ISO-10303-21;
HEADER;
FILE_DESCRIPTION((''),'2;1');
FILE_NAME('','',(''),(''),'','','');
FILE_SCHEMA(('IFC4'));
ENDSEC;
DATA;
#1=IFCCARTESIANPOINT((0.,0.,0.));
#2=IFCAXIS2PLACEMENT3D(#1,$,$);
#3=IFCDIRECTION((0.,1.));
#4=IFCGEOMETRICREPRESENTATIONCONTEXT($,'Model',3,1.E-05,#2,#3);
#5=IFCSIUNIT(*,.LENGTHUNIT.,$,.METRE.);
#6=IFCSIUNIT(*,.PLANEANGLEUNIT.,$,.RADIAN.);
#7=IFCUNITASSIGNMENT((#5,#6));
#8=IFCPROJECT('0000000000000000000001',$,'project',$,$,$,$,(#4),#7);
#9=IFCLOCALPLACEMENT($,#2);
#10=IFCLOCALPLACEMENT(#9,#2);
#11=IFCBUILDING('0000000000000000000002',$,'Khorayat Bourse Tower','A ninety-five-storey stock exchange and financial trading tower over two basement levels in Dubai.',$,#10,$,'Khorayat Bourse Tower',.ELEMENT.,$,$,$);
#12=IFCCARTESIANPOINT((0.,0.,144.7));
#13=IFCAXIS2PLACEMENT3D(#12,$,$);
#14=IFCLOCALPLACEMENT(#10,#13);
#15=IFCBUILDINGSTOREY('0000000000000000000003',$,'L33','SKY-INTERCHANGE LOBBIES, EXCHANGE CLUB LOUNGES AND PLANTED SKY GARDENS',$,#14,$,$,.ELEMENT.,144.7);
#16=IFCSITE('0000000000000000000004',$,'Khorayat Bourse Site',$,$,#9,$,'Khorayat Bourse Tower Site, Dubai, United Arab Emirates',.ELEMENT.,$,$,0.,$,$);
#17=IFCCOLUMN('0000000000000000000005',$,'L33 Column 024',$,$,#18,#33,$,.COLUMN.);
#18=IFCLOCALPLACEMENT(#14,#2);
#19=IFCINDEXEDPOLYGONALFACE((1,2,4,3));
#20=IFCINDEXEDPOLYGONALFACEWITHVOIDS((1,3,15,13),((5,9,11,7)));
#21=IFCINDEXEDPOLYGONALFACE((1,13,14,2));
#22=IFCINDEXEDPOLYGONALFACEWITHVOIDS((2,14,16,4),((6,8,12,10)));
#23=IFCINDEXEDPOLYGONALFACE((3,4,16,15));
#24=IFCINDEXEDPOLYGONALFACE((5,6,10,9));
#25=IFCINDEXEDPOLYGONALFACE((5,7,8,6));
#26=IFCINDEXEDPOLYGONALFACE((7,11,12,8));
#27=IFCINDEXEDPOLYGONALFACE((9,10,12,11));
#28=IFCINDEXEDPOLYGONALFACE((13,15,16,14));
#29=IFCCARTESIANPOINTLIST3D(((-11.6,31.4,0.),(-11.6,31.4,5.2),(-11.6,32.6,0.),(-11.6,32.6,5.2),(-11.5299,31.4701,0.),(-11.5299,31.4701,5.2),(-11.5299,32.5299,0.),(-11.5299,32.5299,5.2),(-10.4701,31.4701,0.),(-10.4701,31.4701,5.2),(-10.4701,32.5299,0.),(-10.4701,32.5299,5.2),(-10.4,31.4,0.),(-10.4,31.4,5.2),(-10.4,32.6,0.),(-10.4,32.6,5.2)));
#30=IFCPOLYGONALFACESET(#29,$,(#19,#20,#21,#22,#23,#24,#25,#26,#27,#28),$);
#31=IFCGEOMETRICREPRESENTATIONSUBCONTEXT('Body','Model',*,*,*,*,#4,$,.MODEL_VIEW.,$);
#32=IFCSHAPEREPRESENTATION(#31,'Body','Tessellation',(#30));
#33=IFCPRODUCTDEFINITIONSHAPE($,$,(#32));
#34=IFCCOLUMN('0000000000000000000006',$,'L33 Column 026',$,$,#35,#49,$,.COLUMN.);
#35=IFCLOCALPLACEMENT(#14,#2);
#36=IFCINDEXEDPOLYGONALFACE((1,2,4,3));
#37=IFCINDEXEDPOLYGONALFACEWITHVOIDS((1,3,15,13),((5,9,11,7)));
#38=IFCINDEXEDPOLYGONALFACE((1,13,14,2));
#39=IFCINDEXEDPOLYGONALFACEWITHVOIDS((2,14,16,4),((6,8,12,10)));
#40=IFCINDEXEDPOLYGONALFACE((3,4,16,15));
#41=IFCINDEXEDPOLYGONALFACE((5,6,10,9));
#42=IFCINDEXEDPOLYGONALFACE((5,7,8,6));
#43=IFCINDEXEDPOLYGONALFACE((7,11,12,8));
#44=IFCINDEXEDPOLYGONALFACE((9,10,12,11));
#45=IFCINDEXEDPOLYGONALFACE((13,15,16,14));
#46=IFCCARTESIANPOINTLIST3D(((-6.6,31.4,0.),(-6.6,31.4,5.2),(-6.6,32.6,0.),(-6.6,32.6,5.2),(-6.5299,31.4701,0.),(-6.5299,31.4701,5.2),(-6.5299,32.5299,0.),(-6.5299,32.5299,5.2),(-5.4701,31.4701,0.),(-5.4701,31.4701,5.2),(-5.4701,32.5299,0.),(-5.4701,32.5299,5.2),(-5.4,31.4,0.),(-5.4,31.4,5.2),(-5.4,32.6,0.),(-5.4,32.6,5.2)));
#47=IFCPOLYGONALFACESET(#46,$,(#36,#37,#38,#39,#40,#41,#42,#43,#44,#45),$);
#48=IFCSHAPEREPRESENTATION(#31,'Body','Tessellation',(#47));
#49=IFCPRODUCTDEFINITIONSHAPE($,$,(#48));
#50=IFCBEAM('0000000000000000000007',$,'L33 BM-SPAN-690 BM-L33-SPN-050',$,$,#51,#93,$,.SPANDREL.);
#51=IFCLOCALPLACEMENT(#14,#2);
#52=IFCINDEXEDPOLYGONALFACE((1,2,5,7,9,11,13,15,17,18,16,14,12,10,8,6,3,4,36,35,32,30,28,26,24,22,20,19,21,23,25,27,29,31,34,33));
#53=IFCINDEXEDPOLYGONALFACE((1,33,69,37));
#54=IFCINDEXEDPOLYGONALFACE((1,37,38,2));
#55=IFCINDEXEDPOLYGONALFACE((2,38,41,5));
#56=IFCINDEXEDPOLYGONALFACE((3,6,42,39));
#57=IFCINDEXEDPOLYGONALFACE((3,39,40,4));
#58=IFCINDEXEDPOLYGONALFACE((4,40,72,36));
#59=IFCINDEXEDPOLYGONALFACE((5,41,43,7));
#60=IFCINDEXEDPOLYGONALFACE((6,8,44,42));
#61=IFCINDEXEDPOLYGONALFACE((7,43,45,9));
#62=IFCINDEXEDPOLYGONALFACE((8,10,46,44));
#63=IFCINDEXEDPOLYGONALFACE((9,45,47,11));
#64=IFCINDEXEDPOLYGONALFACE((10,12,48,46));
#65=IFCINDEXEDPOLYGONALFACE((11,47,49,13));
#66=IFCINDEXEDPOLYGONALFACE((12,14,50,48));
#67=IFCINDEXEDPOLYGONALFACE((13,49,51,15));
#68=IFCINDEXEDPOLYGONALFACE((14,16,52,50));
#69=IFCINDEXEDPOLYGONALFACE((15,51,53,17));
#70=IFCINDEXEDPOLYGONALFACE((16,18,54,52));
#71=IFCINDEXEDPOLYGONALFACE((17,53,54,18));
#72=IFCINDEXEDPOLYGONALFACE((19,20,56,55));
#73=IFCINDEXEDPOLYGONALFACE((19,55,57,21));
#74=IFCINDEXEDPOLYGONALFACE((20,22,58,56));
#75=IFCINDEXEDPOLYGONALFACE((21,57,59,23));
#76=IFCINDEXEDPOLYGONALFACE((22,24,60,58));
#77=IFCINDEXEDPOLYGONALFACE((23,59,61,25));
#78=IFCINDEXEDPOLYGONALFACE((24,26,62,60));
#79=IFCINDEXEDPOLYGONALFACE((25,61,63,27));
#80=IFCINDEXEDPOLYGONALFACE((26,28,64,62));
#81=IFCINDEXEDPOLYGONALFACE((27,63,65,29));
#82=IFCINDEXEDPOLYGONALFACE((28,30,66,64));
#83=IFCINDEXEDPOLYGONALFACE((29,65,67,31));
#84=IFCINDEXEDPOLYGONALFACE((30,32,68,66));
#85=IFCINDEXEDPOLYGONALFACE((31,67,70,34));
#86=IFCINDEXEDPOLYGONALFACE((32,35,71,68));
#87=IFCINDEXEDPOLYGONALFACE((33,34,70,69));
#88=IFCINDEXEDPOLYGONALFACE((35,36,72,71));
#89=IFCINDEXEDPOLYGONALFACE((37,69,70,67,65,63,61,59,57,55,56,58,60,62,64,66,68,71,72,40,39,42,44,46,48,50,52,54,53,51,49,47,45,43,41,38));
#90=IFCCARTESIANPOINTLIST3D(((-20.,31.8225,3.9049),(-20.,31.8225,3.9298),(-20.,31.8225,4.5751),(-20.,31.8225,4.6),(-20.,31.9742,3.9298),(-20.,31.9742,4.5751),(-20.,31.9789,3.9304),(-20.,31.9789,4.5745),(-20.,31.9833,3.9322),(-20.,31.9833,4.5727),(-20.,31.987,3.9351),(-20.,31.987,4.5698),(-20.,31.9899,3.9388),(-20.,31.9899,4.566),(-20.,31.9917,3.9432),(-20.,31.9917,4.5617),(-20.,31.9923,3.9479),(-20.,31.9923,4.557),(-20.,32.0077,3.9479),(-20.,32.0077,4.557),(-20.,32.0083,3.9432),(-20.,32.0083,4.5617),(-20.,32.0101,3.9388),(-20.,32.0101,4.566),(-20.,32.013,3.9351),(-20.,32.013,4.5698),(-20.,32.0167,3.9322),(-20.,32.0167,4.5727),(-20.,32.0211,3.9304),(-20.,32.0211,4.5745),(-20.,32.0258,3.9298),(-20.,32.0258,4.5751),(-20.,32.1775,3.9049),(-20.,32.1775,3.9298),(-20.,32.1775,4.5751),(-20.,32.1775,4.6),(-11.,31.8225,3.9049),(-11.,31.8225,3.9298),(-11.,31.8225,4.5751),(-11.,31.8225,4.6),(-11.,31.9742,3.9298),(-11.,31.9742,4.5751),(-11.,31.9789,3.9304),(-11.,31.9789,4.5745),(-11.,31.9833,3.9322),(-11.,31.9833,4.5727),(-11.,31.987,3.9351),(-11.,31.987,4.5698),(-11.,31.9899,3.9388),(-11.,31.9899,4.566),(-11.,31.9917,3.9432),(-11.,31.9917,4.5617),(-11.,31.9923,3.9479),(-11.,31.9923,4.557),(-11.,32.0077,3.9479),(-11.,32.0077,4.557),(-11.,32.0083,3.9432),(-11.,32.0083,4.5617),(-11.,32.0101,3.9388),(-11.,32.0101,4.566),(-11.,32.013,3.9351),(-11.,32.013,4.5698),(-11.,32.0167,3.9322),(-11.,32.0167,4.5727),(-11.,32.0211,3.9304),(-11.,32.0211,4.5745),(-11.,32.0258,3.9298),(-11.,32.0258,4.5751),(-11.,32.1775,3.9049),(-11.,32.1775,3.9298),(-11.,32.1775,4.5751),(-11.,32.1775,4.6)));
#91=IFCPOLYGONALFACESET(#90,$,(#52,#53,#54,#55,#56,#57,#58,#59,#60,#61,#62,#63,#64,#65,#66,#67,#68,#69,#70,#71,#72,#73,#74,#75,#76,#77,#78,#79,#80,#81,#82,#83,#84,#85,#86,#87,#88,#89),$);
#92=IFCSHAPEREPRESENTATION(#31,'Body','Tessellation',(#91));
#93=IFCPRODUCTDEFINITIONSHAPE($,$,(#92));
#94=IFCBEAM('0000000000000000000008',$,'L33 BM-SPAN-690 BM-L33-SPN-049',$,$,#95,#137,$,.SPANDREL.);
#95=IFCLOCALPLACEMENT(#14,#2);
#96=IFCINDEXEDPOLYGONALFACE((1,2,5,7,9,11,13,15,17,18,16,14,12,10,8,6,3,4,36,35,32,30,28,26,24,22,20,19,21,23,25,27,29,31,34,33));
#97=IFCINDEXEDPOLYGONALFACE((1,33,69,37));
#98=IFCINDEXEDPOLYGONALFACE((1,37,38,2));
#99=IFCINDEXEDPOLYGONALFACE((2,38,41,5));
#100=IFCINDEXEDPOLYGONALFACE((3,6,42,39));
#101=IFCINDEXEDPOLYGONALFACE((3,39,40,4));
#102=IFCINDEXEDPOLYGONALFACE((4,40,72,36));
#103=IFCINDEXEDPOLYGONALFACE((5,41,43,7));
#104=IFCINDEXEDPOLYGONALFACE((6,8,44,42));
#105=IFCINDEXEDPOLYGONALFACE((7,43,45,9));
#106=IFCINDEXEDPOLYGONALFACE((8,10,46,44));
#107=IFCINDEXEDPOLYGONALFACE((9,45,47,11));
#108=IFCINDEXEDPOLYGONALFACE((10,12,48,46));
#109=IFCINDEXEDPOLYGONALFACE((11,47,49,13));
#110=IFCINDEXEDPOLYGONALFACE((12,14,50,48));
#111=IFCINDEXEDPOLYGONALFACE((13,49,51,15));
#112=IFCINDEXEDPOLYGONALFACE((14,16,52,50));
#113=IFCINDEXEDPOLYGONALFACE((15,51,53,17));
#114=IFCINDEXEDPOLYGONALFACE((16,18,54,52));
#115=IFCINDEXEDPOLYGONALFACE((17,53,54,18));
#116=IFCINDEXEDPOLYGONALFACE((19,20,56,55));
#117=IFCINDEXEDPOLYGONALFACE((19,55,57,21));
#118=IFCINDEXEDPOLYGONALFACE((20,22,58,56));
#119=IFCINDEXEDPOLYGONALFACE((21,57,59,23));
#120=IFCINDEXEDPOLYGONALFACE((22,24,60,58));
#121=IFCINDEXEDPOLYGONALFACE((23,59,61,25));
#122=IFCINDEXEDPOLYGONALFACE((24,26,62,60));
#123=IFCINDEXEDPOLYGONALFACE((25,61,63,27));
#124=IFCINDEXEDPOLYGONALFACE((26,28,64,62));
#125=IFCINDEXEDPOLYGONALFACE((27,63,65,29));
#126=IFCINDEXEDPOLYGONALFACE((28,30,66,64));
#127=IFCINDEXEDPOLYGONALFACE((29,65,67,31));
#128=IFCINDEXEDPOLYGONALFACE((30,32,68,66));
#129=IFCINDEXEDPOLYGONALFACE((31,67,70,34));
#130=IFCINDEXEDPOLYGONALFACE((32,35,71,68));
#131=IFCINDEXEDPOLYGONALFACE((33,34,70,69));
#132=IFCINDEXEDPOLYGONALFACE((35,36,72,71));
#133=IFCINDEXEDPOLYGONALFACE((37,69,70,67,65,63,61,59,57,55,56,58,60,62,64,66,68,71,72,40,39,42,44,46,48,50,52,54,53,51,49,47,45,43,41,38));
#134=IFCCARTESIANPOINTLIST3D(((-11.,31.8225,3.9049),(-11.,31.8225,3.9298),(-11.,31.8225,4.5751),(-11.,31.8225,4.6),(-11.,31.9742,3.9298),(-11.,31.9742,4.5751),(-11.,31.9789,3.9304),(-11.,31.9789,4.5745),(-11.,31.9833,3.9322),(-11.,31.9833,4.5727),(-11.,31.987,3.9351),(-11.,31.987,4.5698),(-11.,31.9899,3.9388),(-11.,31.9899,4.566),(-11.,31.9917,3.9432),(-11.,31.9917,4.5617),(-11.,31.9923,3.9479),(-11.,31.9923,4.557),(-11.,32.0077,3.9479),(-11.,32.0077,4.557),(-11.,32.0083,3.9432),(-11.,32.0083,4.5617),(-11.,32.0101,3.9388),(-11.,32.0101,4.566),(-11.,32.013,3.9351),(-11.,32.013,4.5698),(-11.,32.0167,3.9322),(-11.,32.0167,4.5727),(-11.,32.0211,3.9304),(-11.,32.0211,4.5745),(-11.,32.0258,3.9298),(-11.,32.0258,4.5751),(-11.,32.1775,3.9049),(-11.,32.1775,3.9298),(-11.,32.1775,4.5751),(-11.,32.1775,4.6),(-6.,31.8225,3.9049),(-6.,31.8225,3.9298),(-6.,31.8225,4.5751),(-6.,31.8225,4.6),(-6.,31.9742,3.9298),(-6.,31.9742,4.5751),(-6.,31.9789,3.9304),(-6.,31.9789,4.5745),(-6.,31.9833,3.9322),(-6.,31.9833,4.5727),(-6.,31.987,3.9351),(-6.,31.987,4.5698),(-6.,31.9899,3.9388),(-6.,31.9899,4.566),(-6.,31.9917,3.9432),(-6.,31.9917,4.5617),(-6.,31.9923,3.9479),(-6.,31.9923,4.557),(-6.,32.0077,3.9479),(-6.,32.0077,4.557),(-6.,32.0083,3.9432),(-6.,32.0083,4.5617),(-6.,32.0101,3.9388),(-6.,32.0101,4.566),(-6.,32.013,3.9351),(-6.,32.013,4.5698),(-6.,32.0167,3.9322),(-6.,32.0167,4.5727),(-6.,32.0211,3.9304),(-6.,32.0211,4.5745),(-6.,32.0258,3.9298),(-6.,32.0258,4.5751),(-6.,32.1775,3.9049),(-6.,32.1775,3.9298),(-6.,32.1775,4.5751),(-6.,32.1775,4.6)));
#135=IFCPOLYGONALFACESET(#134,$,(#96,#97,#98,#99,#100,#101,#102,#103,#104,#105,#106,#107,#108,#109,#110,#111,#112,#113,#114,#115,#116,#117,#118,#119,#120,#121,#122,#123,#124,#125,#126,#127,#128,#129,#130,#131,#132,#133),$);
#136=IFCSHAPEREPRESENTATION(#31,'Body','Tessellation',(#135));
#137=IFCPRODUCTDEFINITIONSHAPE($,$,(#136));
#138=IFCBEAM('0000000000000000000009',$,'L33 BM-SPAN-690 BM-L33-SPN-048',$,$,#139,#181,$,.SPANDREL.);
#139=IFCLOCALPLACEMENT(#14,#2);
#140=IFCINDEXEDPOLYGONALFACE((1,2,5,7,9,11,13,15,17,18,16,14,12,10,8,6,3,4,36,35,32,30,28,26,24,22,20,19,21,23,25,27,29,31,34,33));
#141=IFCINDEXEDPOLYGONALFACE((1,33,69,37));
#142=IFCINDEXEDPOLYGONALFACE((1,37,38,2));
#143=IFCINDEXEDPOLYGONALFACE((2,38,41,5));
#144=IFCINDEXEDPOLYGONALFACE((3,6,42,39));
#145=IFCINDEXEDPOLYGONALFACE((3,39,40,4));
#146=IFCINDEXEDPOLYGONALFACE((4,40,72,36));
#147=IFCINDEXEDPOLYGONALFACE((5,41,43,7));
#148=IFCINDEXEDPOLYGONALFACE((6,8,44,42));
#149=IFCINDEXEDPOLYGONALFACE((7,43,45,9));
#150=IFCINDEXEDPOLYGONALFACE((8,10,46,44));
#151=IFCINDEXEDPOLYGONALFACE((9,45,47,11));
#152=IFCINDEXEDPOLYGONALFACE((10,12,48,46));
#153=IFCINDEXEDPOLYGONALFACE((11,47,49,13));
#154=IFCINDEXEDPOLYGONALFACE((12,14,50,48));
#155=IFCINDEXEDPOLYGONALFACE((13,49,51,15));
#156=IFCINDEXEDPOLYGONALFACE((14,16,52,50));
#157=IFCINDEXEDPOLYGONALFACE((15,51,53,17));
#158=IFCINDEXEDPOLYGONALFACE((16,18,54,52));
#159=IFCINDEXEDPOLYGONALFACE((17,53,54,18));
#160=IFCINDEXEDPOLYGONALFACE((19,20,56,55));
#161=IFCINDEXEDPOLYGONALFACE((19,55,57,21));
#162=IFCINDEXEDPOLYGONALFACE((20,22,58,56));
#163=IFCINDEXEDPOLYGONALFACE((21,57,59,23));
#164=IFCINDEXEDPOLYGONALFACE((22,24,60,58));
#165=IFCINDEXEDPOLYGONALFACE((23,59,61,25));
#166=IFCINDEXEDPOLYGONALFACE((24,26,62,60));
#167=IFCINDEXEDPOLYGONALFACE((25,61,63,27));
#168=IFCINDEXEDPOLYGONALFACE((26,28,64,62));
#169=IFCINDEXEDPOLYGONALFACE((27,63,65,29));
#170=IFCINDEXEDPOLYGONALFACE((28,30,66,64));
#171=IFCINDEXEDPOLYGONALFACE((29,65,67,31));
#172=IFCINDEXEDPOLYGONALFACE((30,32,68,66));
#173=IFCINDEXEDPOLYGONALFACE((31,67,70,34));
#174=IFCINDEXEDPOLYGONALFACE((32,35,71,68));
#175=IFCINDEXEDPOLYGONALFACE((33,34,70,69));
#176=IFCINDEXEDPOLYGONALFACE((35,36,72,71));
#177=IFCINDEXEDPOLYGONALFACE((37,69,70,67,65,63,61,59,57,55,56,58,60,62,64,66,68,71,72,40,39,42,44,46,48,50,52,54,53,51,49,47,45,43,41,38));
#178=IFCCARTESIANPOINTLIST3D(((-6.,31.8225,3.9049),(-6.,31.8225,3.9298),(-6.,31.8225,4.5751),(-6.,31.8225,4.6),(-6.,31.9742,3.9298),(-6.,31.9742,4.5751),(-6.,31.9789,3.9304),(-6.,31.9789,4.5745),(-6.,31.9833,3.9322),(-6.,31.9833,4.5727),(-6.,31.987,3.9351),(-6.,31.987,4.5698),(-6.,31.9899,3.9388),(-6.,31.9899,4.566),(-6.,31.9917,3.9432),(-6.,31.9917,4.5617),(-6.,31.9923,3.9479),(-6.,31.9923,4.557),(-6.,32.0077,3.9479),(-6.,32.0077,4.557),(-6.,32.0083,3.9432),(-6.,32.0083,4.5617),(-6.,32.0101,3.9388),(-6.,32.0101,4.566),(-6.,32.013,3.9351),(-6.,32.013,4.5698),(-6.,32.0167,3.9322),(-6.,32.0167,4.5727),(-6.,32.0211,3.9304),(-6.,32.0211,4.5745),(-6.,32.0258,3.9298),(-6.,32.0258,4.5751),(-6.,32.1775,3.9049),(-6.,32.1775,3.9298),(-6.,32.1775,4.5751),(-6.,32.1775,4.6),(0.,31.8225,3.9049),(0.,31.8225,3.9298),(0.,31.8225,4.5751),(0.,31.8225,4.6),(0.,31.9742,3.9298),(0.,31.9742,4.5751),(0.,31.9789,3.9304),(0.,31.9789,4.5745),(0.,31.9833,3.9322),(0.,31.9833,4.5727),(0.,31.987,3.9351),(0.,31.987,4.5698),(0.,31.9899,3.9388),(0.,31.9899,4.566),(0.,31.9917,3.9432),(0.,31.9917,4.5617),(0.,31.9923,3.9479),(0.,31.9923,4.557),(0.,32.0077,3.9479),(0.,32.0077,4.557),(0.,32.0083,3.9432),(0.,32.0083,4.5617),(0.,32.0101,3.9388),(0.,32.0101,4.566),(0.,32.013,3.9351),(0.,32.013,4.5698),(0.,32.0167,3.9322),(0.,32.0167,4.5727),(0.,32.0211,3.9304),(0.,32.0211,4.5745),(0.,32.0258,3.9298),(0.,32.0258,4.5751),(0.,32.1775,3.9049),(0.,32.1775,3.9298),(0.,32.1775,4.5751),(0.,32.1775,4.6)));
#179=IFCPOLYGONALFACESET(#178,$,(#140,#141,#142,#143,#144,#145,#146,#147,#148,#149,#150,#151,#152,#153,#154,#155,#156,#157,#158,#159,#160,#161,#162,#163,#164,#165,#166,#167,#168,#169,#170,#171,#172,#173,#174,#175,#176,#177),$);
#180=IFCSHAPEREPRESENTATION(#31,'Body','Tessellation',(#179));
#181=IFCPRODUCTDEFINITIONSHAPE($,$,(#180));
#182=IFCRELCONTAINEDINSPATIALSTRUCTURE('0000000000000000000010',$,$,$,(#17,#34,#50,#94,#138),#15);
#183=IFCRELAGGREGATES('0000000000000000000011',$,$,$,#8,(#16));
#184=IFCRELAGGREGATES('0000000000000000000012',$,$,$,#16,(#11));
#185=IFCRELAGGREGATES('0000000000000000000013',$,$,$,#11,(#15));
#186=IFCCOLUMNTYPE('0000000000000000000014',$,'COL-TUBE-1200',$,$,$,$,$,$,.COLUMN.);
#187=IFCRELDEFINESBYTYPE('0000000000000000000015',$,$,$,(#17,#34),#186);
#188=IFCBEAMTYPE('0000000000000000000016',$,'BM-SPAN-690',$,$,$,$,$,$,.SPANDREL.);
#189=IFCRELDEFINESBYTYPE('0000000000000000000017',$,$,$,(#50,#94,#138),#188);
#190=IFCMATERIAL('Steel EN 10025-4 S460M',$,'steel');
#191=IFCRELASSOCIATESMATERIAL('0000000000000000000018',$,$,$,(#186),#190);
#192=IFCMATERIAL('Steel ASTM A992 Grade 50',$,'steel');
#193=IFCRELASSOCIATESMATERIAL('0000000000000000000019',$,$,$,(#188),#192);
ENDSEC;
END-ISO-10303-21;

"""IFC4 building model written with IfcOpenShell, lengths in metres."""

from ifc_helpers import new_model, si_unit, direction, frame, origin, origin_2d, place, context, subcontext, project, spatial, hollow_rectangle, i_section, extrude, source, transform, mapped, material, material_profile, profile_set, type_object, element, save


model = new_model("IFC4")

# Units and contexts
model_context = context("Model", 3, precision=1e-05, world=origin(), true_north=direction((0.0, 1.0)))
body_context = subcontext(model_context, "Body", "Model", "MODEL_VIEW")
ifc_project = project(units=[si_unit("LENGTHUNIT", "METRE"), si_unit("PLANEANGLEUNIT", "RADIAN")], contexts=[model_context])

# Site, building, storey
site_placement = place(None, origin())
site = spatial("IfcSite", under=ifc_project, at=site_placement, Name="Khorayat Bourse Site", LongName="Khorayat Bourse Tower Site, Dubai, United Arab Emirates", CompositionType="ELEMENT", RefElevation=0.0)
building_placement = place(site_placement, origin())
building = spatial("IfcBuilding", under=site, at=building_placement, Name="Khorayat Bourse Tower", Description="A ninety-five-storey stock exchange and financial trading tower over two basement levels in Dubai.", LongName="Khorayat Bourse Tower", CompositionType="ELEMENT")
storey_placement = place(building_placement, frame((0.0, 0.0, 144.7)))
storey = spatial("IfcBuildingStorey", under=building, at=storey_placement, Name="L33", Description="SKY-INTERCHANGE LOBBIES, EXCHANGE CLUB LOUNGES AND PLANTED SKY GARDENS", CompositionType="ELEMENT", Elevation=144.7)

# Columns
ifc_material_1 = material(Name="Steel EN 10025-4 S460M", Category="steel")
ifc_material_profile_1 = material_profile(ifc_material_1, hollow_rectangle(XDim=1.2, YDim=1.2, WallThickness=0.0701, at=origin_2d()), Name="BOX 1200x1200x70")
ifc_profile_set_1 = profile_set([ifc_material_profile_1], Name="Steel EN 10025-4 S460M")
column_type = type_object("IfcColumnType", Name="COL-TUBE-1200", PredefinedType="COLUMN", material=ifc_profile_set_1)
shared_shape_1 = source(origin(), body_context, "Body", "SweptSolid", [
    extrude(hollow_rectangle(XDim=1.2, YDim=1.2, WallThickness=0.0701, at=origin_2d()), origin(), (0.0, 0.0, 1.0), 5.2),
])
for number, where, z_axis, x_axis, name in (
    (1, (-11.0, 32.0, 0.0), (0.0, 0.0, 1.0), (1.0, 0.0, 0.0), "L33 Column 024"),
    (2, (-6.0, 32.0, 0.0), (0.0, 0.0, 1.0), (1.0, 0.0, 0.0), "L33 Column 026"),
):
    element("IfcColumn", number, at=place(storey_placement, frame(where, z_axis=z_axis, x_axis=x_axis)), inside=storey, type_object=column_type, Name=name, PredefinedType="COLUMN", context=body_context, shape_type="MappedRepresentation", body=[
        mapped(shared_shape_1, transform((0.0, 0.0, 0.0), scale=1.0)),
    ])

# Beams
ifc_material_2 = material(Name="Steel ASTM A992 Grade 50", Category="steel")
ifc_material_profile_2 = material_profile(ifc_material_2, i_section(OverallWidth=0.355, OverallDepth=0.6951, WebThickness=0.0154, FlangeThickness=0.0249, FilletRadius=0.0181, at=origin_2d()), Name="W690X217")
ifc_profile_set_2 = profile_set([ifc_material_profile_2], Name="Steel ASTM A992 Grade 50")
beam_type_1 = type_object("IfcBeamType", Name="BM-SPAN-690", PredefinedType="SPANDREL", material=ifc_profile_set_2)
shared_shape_2 = source(origin(), body_context, "Body", "SweptSolid", [
    extrude(i_section(OverallWidth=0.355, OverallDepth=0.6951, WebThickness=0.0154, FlangeThickness=0.0249, FilletRadius=0.0181, at=origin_2d()), origin(), (0.0, 0.0, 1.0), 9.0),
])
beam_1_placement = place(storey_placement, frame((-20.0, 32.0, 4.2524), z_axis=(1.0, 0.0, 0.0), x_axis=(0.0, 1.0, 0.0)))
element("IfcBeam", 3, at=beam_1_placement, inside=storey, type_object=beam_type_1, Name="L33 BM-SPAN-690 BM-L33-SPN-050", PredefinedType="SPANDREL", context=body_context, shape_type="MappedRepresentation", body=[
    mapped(shared_shape_2, transform((0.0, 0.0, 0.0), scale=1.0)),
])
shared_shape_3 = source(origin(), body_context, "Body", "SweptSolid", [
    extrude(i_section(OverallWidth=0.355, OverallDepth=0.6951, WebThickness=0.0154, FlangeThickness=0.0249, FilletRadius=0.0181, at=origin_2d()), origin(), (0.0, 0.0, 1.0), 5.0),
])
beam_2_placement = place(storey_placement, frame((-11.0, 32.0, 4.2524), z_axis=(1.0, 0.0, 0.0), x_axis=(0.0, 1.0, 0.0)))
element("IfcBeam", 4, at=beam_2_placement, inside=storey, type_object=beam_type_1, Name="L33 BM-SPAN-690 BM-L33-SPN-049", PredefinedType="SPANDREL", context=body_context, shape_type="MappedRepresentation", body=[
    mapped(shared_shape_3, transform((0.0, 0.0, 0.0), scale=1.0)),
])
shared_shape_4 = source(origin(), body_context, "Body", "SweptSolid", [
    extrude(i_section(OverallWidth=0.355, OverallDepth=0.6951, WebThickness=0.0154, FlangeThickness=0.0249, FilletRadius=0.0181, at=origin_2d()), origin(), (0.0, 0.0, 1.0), 6.0),
])
beam_3_placement = place(storey_placement, frame((-6.0, 32.0, 4.2524), z_axis=(1.0, 0.0, 0.0), x_axis=(0.0, 1.0, 0.0)))
element("IfcBeam", 5, at=beam_3_placement, inside=storey, type_object=beam_type_1, Name="L33 BM-SPAN-690 BM-L33-SPN-048", PredefinedType="SPANDREL", context=body_context, shape_type="MappedRepresentation", body=[
    mapped(shared_shape_4, transform((0.0, 0.0, 0.0), scale=1.0)),
])

save(model, "model.ifc")
